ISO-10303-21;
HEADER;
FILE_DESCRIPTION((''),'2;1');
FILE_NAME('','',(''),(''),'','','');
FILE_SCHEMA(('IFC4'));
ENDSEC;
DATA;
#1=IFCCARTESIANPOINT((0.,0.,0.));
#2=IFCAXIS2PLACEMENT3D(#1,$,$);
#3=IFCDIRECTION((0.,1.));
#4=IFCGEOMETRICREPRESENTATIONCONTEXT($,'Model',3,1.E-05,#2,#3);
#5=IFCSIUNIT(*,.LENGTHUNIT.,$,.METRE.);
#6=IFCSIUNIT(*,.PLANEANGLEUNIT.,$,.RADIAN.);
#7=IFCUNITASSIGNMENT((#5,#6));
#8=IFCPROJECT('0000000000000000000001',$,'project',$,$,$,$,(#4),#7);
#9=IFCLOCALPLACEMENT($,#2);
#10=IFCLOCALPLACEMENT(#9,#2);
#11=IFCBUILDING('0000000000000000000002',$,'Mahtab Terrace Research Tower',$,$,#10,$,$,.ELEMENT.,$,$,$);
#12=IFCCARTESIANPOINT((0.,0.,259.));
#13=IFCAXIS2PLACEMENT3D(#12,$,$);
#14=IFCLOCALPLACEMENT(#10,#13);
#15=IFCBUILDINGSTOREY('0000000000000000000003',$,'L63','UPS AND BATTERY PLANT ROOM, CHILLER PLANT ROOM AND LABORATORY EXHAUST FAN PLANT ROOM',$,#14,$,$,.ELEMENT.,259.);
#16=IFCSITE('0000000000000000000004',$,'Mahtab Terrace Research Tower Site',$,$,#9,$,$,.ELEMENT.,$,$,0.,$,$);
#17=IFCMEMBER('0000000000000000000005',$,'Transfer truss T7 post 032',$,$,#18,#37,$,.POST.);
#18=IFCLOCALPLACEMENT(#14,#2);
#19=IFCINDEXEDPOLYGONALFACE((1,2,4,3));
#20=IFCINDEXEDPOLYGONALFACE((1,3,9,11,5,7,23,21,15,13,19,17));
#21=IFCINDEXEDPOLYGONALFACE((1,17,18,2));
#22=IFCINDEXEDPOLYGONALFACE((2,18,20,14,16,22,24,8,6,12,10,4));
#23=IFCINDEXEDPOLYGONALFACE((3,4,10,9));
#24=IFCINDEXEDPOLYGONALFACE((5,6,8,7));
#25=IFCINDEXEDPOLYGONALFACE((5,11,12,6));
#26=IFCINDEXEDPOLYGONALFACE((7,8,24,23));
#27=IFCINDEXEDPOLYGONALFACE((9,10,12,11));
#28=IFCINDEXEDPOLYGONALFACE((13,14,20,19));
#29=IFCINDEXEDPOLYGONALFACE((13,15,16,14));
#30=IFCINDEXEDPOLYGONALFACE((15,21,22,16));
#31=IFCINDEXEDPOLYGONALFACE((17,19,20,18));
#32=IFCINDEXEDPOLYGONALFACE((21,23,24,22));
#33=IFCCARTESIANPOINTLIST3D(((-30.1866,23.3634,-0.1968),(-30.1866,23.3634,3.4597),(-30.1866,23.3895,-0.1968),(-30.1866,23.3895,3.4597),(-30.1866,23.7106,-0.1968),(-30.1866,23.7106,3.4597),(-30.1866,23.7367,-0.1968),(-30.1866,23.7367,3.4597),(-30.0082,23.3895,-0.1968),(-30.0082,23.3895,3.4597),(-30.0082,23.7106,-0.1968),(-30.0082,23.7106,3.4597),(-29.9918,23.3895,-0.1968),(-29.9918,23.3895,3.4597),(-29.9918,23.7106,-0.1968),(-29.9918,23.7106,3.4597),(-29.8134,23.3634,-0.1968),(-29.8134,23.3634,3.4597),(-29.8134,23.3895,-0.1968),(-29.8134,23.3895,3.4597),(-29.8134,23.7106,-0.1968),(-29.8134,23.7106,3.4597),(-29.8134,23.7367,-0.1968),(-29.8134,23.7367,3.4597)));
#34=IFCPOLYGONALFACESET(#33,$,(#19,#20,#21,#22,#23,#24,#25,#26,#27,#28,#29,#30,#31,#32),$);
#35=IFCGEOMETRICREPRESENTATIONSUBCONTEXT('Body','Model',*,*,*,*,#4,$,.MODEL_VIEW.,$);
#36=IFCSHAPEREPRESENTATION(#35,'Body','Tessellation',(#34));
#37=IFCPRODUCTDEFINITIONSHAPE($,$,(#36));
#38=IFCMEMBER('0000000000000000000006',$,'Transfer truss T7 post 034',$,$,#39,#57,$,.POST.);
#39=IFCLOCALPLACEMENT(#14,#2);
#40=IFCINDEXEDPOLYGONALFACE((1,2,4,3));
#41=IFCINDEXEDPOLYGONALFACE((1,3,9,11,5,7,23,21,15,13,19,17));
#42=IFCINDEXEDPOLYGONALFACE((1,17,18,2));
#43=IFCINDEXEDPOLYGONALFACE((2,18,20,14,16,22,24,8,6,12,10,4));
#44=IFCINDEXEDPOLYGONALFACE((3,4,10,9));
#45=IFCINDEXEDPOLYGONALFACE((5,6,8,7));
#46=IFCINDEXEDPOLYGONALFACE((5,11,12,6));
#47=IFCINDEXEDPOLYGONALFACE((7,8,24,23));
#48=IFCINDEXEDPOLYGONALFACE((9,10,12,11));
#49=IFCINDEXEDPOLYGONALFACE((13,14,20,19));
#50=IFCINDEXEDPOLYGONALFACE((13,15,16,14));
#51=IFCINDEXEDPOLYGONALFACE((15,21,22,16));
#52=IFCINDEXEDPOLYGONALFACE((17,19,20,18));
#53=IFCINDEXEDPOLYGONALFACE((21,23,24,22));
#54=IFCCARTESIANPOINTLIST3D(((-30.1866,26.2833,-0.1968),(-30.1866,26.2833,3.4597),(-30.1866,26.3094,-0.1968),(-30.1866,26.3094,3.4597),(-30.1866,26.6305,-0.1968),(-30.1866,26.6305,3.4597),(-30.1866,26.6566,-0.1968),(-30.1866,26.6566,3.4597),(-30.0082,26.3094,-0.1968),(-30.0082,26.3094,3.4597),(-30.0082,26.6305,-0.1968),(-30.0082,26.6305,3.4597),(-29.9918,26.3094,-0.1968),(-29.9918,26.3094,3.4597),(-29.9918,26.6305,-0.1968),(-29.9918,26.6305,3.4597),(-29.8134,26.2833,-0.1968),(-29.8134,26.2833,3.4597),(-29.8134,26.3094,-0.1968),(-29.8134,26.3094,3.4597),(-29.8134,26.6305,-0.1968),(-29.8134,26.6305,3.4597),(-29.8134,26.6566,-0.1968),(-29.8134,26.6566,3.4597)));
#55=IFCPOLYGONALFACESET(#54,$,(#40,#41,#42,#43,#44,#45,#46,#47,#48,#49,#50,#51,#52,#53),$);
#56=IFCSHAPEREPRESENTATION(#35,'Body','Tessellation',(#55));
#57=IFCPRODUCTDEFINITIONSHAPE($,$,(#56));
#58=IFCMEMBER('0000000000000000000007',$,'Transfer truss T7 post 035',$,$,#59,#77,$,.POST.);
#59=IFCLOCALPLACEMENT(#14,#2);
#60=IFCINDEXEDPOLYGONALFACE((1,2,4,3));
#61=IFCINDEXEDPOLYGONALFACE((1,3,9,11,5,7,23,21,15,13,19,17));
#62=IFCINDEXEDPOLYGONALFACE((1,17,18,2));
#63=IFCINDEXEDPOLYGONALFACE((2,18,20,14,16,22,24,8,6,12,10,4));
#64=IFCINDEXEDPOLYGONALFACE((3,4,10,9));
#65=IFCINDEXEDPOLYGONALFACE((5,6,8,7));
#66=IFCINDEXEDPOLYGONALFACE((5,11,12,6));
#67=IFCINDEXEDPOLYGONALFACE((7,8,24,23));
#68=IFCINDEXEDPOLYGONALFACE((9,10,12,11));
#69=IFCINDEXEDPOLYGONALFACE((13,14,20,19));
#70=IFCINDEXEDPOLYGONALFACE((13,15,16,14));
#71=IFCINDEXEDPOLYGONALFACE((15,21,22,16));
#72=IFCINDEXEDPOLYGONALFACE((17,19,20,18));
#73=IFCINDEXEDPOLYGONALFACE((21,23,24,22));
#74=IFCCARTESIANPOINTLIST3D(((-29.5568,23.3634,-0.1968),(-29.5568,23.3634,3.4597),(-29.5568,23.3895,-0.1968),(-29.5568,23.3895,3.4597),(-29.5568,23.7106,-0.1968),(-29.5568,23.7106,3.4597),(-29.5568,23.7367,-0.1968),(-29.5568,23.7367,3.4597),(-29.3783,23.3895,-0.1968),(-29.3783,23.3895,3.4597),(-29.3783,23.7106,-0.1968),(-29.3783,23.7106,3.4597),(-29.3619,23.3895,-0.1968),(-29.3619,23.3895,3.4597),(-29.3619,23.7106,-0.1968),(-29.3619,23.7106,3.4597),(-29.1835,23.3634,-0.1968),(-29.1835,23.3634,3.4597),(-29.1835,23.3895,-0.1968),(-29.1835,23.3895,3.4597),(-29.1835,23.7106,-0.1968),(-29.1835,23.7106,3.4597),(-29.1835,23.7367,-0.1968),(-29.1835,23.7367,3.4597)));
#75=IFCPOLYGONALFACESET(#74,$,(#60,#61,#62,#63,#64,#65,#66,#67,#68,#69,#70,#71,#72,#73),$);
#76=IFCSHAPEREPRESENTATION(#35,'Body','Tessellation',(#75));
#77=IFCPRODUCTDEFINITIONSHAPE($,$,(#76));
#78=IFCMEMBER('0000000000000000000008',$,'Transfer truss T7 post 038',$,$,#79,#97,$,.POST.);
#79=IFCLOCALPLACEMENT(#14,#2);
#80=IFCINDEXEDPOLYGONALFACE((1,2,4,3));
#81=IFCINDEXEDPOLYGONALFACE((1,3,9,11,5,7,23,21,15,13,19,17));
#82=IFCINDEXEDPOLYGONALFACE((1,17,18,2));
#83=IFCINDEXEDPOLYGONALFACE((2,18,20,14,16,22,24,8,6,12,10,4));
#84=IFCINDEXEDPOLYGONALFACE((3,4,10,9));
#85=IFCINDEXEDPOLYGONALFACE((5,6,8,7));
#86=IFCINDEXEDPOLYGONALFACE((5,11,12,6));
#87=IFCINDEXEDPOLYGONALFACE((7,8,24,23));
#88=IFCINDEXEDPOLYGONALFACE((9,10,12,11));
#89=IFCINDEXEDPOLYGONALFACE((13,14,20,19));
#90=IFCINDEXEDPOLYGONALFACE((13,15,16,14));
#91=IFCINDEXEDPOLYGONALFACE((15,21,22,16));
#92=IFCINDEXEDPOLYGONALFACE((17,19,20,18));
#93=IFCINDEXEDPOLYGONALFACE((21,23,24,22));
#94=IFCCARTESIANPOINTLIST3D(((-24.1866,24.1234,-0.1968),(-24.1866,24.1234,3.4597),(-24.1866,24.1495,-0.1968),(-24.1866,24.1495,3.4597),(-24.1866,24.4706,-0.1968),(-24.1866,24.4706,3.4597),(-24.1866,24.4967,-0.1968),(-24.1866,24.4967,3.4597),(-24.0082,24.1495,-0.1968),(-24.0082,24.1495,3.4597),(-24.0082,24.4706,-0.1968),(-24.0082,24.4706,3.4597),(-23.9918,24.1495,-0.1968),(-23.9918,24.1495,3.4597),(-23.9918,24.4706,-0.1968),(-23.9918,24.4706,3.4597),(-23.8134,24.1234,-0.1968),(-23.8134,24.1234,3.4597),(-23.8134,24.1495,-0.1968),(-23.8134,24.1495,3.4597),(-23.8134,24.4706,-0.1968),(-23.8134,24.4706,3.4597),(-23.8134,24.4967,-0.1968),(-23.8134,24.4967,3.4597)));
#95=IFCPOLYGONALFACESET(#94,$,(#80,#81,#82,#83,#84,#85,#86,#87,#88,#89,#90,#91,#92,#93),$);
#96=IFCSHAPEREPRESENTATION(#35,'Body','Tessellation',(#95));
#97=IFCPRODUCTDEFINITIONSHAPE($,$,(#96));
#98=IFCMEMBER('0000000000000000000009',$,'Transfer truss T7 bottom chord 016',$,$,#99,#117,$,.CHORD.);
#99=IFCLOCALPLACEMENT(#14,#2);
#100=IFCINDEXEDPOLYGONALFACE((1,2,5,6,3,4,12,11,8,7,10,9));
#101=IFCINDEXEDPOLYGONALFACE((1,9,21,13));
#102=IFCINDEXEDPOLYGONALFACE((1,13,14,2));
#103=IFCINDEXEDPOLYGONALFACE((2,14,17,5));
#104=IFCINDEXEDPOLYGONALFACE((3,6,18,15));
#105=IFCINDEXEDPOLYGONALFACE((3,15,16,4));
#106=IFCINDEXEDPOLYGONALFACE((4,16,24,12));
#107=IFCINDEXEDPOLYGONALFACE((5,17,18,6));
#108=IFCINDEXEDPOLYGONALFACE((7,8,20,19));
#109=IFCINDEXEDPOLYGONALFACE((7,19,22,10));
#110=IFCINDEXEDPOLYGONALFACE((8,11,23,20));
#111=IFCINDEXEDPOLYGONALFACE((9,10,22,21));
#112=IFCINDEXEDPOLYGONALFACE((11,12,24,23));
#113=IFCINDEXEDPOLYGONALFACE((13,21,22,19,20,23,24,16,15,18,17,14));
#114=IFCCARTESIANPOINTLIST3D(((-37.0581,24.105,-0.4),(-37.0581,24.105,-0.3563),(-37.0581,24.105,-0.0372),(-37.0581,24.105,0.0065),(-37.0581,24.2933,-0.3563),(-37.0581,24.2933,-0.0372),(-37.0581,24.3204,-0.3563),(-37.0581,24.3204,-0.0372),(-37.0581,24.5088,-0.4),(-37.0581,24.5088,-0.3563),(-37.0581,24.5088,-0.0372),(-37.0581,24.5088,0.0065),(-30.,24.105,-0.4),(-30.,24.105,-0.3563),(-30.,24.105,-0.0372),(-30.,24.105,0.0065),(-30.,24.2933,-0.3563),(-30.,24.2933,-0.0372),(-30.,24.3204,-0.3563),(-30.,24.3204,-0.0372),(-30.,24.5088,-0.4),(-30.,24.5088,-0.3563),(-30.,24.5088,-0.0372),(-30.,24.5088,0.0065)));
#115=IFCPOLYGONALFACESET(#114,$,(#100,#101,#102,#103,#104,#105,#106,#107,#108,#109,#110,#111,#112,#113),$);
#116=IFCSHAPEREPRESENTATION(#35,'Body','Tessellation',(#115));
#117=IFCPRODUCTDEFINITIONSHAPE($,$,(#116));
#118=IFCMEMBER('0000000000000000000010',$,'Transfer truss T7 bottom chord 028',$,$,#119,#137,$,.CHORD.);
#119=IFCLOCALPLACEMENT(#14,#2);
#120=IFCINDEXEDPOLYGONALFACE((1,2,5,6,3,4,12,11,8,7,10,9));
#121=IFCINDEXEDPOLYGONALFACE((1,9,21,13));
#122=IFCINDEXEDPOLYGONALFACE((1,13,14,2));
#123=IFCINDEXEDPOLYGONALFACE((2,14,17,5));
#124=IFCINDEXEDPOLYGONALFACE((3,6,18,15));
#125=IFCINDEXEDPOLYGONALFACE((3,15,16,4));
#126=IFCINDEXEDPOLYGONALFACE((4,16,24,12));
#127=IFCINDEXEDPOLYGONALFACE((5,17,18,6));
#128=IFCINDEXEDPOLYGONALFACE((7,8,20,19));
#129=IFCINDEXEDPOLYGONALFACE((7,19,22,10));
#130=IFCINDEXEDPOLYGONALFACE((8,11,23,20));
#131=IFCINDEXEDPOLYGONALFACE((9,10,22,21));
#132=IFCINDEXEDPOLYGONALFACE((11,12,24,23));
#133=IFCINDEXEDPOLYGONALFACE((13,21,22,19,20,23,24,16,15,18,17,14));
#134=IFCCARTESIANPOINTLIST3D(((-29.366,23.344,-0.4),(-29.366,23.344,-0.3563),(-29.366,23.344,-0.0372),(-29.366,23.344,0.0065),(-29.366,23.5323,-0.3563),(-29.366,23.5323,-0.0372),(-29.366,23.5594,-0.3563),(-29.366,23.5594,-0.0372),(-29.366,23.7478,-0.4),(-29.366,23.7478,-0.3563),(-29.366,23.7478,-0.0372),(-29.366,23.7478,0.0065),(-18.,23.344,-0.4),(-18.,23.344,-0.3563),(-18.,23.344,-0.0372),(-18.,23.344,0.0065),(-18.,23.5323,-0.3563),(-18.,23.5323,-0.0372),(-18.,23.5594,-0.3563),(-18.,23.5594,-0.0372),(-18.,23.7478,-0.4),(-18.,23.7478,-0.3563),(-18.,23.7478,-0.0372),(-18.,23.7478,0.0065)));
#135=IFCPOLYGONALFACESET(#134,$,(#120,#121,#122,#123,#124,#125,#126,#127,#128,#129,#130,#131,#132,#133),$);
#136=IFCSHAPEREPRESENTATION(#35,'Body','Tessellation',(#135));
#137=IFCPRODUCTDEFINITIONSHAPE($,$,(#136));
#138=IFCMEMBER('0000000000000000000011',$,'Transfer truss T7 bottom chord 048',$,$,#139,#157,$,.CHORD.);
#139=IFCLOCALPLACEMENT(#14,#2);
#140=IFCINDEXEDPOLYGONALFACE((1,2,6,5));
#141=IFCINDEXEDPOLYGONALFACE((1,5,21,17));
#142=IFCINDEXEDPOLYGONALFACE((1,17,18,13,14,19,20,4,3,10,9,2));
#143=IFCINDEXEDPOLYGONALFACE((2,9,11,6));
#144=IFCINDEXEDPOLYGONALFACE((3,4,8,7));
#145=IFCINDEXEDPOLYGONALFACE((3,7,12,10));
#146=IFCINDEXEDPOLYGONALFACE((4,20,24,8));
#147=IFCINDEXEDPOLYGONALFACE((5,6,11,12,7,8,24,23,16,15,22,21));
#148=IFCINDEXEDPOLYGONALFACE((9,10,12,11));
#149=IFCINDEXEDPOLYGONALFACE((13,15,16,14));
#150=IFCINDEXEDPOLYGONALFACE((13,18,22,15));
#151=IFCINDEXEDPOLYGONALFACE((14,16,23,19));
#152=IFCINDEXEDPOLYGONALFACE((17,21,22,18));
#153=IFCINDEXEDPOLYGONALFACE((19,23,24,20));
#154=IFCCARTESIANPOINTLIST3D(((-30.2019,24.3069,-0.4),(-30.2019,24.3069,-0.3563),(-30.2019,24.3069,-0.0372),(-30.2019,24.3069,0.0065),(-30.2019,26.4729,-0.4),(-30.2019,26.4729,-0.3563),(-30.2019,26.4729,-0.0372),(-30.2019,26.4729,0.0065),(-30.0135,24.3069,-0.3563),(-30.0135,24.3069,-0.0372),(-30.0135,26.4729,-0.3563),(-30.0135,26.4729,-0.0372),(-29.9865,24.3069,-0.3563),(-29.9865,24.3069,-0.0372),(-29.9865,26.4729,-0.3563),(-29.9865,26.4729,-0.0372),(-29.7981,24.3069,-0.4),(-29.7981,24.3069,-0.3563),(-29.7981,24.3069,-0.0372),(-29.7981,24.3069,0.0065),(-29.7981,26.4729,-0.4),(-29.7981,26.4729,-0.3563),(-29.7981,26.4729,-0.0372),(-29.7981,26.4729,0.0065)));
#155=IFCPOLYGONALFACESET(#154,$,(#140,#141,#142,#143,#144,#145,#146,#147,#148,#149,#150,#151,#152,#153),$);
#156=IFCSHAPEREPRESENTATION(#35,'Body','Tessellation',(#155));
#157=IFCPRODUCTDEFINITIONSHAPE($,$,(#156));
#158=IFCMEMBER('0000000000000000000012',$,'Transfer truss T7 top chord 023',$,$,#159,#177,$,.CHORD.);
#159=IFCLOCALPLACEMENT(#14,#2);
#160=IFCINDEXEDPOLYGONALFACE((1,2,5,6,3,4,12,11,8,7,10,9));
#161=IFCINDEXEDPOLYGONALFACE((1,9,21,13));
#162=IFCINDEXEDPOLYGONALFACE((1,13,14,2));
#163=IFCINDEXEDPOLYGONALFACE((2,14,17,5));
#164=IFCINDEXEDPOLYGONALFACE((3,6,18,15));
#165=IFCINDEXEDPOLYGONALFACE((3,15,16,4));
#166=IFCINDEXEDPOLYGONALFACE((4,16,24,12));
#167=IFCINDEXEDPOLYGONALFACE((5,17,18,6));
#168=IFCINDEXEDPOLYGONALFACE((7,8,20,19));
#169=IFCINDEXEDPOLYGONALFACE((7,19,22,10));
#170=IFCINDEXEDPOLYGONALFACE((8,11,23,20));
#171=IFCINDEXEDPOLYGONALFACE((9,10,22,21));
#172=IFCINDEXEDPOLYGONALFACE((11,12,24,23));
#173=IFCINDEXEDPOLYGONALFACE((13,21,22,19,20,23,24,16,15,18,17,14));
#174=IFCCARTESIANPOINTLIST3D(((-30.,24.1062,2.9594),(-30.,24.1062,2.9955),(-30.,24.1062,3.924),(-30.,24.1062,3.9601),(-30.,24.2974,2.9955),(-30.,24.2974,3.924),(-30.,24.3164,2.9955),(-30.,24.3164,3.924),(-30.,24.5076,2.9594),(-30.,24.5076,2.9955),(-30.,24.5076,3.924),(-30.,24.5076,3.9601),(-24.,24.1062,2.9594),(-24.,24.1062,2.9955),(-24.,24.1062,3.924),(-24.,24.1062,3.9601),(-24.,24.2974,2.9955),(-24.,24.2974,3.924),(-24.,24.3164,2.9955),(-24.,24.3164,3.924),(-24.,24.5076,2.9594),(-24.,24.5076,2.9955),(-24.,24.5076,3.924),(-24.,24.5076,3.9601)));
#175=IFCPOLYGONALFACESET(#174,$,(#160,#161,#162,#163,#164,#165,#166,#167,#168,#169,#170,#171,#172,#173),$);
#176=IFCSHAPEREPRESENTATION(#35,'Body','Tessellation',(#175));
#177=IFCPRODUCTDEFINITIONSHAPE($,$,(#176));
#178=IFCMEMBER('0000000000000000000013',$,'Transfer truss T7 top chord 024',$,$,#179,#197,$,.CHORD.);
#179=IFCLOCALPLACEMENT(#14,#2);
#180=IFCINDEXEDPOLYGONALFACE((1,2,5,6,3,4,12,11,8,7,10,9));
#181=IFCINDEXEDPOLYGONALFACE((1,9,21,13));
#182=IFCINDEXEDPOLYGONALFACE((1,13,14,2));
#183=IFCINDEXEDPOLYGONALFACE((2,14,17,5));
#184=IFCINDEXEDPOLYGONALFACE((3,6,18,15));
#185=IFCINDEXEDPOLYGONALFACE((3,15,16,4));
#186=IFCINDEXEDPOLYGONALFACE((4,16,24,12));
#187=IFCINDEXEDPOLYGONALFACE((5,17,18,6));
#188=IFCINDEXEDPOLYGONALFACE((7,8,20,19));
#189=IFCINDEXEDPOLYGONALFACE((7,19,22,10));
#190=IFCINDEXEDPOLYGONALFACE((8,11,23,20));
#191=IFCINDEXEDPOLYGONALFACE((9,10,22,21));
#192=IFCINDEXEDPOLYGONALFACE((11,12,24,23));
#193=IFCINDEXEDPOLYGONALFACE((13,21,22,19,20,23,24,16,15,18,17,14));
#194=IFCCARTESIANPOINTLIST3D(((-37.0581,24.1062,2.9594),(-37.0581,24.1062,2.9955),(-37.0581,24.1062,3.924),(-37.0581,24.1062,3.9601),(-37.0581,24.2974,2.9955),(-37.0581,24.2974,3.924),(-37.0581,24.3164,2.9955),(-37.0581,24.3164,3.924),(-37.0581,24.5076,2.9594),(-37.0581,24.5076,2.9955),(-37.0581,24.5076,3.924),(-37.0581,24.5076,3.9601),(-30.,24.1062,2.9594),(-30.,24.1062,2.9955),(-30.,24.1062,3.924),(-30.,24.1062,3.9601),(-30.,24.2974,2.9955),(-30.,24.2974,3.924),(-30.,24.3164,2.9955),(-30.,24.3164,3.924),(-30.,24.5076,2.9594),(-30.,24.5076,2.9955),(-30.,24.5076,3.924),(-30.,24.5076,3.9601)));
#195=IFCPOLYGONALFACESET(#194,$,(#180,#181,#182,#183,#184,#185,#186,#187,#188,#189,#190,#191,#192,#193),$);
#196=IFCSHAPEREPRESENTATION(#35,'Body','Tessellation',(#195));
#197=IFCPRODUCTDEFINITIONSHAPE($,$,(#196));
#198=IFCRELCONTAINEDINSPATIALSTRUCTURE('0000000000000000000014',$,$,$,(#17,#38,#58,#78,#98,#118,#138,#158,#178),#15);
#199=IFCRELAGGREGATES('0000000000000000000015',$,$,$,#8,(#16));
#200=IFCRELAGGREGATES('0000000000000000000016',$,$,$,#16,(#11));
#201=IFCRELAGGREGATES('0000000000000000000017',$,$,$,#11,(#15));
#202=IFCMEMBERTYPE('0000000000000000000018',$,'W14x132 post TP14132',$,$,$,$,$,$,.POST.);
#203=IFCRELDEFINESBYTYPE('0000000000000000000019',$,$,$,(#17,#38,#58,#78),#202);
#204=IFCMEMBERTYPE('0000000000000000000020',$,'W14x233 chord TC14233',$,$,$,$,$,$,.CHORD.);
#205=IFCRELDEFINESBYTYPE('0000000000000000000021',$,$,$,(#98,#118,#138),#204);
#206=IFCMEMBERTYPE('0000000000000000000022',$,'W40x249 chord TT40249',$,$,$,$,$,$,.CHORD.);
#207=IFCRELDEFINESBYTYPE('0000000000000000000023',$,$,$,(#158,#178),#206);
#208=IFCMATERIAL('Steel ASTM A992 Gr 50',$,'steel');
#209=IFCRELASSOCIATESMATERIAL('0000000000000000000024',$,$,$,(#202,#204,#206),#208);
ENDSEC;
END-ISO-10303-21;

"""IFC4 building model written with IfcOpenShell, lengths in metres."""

from ifc_helpers import new_model, si_unit, direction, frame, origin, origin_2d, place, context, subcontext, project, spatial, i_section, extrude, material, material_profile, profile_set, type_object, element, save


model = new_model("IFC4")

# Units and contexts
model_context = context("Model", 3, precision=1e-05, world=origin(), true_north=direction((0.0, 1.0)))
body_context = subcontext(model_context, "Body", "Model", "MODEL_VIEW")
ifc_project = project(units=[si_unit("LENGTHUNIT", "METRE"), si_unit("PLANEANGLEUNIT", "RADIAN")], contexts=[model_context])

# Site, building, storey
site_placement = place(None, origin())
site = spatial("IfcSite", under=ifc_project, at=site_placement, Name="Mahtab Terrace Research Tower Site", CompositionType="ELEMENT", RefElevation=0.0)
building_placement = place(site_placement, origin())
building = spatial("IfcBuilding", under=site, at=building_placement, Name="Mahtab Terrace Research Tower", CompositionType="ELEMENT")
storey_placement = place(building_placement, frame((0.0, 0.0, 259.0)))
storey = spatial("IfcBuildingStorey", under=building, at=storey_placement, Name="L63", Description="UPS AND BATTERY PLANT ROOM, CHILLER PLANT ROOM AND LABORATORY EXHAUST FAN PLANT ROOM", CompositionType="ELEMENT", Elevation=259.0)

# Shared definitions
ifc_material_1 = material(Name="Steel ASTM A992 Gr 50", Category="steel")

# Members
ifc_material_profile_1 = material_profile(ifc_material_1, i_section(OverallWidth=0.3733, OverallDepth=0.3733, WebThickness=0.0164, FlangeThickness=0.0261, at=origin_2d()), Name="W14X132")
ifc_profile_set_1 = profile_set([ifc_material_profile_1], Name="Steel ASTM A992 Gr 50")
member_type_1 = type_object("IfcMemberType", Name="W14x132 post TP14132", PredefinedType="POST", material=ifc_profile_set_1)
for number, where, z_axis, x_axis, name in (
    (1, (-30.0, 23.55, -0.1968), (0.0, 0.0, 1.0), (1.0, 0.0, 0.0), "Transfer truss T7 post 032"),
    (2, (-30.0, 26.47, -0.1968), (0.0, 0.0, 1.0), (1.0, 0.0, 0.0), "Transfer truss T7 post 034"),
    (3, (-29.3701, 23.55, -0.1968), (0.0, 0.0, 1.0), (1.0, 0.0, 0.0), "Transfer truss T7 post 035"),
    (4, (-24.0, 24.3101, -0.1968), (0.0, 0.0, 1.0), (1.0, 0.0, 0.0), "Transfer truss T7 post 038"),
):
    element("IfcMember", number, at=place(storey_placement, frame(where, z_axis=z_axis, x_axis=x_axis)), inside=storey, type_object=member_type_1, Name=name, PredefinedType="POST", context=body_context, shape_type="SweptSolid", body=[
        extrude(i_section(OverallWidth=0.3733, OverallDepth=0.3733, WebThickness=0.0164, FlangeThickness=0.0261, at=origin_2d()), origin(), (0.0, 0.0, 1.0), 3.6565),
    ])
ifc_material_profile_2 = material_profile(ifc_material_1, i_section(OverallWidth=0.4038, OverallDepth=0.4065, WebThickness=0.0271, FlangeThickness=0.0437, at=origin_2d()), Name="W14X233")
ifc_profile_set_2 = profile_set([ifc_material_profile_2], Name="Steel ASTM A992 Gr 50")
member_type_2 = type_object("IfcMemberType", Name="W14x233 chord TC14233", PredefinedType="CHORD", material=ifc_profile_set_2)
member_1_placement = place(storey_placement, frame((-30.0, 24.3069, -0.1968), z_axis=(-1.0, 0.0, 0.0), x_axis=(0.0, -1.0, 0.0)))
element("IfcMember", 5, at=member_1_placement, inside=storey, type_object=member_type_2, Name="Transfer truss T7 bottom chord 016", PredefinedType="CHORD", context=body_context, shape_type="SweptSolid", body=[
    extrude(i_section(OverallWidth=0.4038, OverallDepth=0.4065, WebThickness=0.0271, FlangeThickness=0.0437, at=origin_2d()), origin(), (0.0, 0.0, 1.0), 7.0581),
])
member_2_placement = place(storey_placement, frame((-29.366, 23.5459, -0.1968), z_axis=(1.0, 0.0, 0.0), x_axis=(0.0, 1.0, 0.0)))
element("IfcMember", 6, at=member_2_placement, inside=storey, type_object=member_type_2, Name="Transfer truss T7 bottom chord 028", PredefinedType="CHORD", context=body_context, shape_type="SweptSolid", body=[
    extrude(i_section(OverallWidth=0.4038, OverallDepth=0.4065, WebThickness=0.0271, FlangeThickness=0.0437, at=origin_2d()), origin(), (0.0, 0.0, 1.0), 11.366),
])
member_3_placement = place(storey_placement, frame((-30.0, 24.3069, -0.1968), z_axis=(0.0, 1.0, 0.0), x_axis=(-1.0, 0.0, 0.0)))
element("IfcMember", 7, at=member_3_placement, inside=storey, type_object=member_type_2, Name="Transfer truss T7 bottom chord 048", PredefinedType="CHORD", context=body_context, shape_type="SweptSolid", body=[
    extrude(i_section(OverallWidth=0.4038, OverallDepth=0.4065, WebThickness=0.0271, FlangeThickness=0.0437, at=origin_2d()), origin(), (0.0, 0.0, 1.0), 2.166),
])
ifc_material_profile_3 = material_profile(ifc_material_1, i_section(OverallWidth=0.4014, OverallDepth=1.0007, WebThickness=0.019, FlangeThickness=0.0361, at=origin_2d()), Name="W40X249")
ifc_profile_set_3 = profile_set([ifc_material_profile_3], Name="Steel ASTM A992 Gr 50")
member_type_3 = type_object("IfcMemberType", Name="W40x249 chord TT40249", PredefinedType="CHORD", material=ifc_profile_set_3)
member_4_placement = place(storey_placement, frame((-24.0, 24.3069, 3.4597), z_axis=(-1.0, 0.0, 0.0), x_axis=(0.0, -1.0, 0.0)))
element("IfcMember", 8, at=member_4_placement, inside=storey, type_object=member_type_3, Name="Transfer truss T7 top chord 023", PredefinedType="CHORD", context=body_context, shape_type="SweptSolid", body=[
    extrude(i_section(OverallWidth=0.4014, OverallDepth=1.0007, WebThickness=0.019, FlangeThickness=0.0361, at=origin_2d()), origin(), (0.0, 0.0, 1.0), 6.0),
])
member_5_placement = place(storey_placement, frame((-30.0, 24.3069, 3.4597), z_axis=(-1.0, 0.0, 0.0), x_axis=(0.0, -1.0, 0.0)))
element("IfcMember", 9, at=member_5_placement, inside=storey, type_object=member_type_3, Name="Transfer truss T7 top chord 024", PredefinedType="CHORD", context=body_context, shape_type="SweptSolid", body=[
    extrude(i_section(OverallWidth=0.4014, OverallDepth=1.0007, WebThickness=0.019, FlangeThickness=0.0361, at=origin_2d()), origin(), (0.0, 0.0, 1.0), 7.0581),
])

save(model, "model.ifc")
